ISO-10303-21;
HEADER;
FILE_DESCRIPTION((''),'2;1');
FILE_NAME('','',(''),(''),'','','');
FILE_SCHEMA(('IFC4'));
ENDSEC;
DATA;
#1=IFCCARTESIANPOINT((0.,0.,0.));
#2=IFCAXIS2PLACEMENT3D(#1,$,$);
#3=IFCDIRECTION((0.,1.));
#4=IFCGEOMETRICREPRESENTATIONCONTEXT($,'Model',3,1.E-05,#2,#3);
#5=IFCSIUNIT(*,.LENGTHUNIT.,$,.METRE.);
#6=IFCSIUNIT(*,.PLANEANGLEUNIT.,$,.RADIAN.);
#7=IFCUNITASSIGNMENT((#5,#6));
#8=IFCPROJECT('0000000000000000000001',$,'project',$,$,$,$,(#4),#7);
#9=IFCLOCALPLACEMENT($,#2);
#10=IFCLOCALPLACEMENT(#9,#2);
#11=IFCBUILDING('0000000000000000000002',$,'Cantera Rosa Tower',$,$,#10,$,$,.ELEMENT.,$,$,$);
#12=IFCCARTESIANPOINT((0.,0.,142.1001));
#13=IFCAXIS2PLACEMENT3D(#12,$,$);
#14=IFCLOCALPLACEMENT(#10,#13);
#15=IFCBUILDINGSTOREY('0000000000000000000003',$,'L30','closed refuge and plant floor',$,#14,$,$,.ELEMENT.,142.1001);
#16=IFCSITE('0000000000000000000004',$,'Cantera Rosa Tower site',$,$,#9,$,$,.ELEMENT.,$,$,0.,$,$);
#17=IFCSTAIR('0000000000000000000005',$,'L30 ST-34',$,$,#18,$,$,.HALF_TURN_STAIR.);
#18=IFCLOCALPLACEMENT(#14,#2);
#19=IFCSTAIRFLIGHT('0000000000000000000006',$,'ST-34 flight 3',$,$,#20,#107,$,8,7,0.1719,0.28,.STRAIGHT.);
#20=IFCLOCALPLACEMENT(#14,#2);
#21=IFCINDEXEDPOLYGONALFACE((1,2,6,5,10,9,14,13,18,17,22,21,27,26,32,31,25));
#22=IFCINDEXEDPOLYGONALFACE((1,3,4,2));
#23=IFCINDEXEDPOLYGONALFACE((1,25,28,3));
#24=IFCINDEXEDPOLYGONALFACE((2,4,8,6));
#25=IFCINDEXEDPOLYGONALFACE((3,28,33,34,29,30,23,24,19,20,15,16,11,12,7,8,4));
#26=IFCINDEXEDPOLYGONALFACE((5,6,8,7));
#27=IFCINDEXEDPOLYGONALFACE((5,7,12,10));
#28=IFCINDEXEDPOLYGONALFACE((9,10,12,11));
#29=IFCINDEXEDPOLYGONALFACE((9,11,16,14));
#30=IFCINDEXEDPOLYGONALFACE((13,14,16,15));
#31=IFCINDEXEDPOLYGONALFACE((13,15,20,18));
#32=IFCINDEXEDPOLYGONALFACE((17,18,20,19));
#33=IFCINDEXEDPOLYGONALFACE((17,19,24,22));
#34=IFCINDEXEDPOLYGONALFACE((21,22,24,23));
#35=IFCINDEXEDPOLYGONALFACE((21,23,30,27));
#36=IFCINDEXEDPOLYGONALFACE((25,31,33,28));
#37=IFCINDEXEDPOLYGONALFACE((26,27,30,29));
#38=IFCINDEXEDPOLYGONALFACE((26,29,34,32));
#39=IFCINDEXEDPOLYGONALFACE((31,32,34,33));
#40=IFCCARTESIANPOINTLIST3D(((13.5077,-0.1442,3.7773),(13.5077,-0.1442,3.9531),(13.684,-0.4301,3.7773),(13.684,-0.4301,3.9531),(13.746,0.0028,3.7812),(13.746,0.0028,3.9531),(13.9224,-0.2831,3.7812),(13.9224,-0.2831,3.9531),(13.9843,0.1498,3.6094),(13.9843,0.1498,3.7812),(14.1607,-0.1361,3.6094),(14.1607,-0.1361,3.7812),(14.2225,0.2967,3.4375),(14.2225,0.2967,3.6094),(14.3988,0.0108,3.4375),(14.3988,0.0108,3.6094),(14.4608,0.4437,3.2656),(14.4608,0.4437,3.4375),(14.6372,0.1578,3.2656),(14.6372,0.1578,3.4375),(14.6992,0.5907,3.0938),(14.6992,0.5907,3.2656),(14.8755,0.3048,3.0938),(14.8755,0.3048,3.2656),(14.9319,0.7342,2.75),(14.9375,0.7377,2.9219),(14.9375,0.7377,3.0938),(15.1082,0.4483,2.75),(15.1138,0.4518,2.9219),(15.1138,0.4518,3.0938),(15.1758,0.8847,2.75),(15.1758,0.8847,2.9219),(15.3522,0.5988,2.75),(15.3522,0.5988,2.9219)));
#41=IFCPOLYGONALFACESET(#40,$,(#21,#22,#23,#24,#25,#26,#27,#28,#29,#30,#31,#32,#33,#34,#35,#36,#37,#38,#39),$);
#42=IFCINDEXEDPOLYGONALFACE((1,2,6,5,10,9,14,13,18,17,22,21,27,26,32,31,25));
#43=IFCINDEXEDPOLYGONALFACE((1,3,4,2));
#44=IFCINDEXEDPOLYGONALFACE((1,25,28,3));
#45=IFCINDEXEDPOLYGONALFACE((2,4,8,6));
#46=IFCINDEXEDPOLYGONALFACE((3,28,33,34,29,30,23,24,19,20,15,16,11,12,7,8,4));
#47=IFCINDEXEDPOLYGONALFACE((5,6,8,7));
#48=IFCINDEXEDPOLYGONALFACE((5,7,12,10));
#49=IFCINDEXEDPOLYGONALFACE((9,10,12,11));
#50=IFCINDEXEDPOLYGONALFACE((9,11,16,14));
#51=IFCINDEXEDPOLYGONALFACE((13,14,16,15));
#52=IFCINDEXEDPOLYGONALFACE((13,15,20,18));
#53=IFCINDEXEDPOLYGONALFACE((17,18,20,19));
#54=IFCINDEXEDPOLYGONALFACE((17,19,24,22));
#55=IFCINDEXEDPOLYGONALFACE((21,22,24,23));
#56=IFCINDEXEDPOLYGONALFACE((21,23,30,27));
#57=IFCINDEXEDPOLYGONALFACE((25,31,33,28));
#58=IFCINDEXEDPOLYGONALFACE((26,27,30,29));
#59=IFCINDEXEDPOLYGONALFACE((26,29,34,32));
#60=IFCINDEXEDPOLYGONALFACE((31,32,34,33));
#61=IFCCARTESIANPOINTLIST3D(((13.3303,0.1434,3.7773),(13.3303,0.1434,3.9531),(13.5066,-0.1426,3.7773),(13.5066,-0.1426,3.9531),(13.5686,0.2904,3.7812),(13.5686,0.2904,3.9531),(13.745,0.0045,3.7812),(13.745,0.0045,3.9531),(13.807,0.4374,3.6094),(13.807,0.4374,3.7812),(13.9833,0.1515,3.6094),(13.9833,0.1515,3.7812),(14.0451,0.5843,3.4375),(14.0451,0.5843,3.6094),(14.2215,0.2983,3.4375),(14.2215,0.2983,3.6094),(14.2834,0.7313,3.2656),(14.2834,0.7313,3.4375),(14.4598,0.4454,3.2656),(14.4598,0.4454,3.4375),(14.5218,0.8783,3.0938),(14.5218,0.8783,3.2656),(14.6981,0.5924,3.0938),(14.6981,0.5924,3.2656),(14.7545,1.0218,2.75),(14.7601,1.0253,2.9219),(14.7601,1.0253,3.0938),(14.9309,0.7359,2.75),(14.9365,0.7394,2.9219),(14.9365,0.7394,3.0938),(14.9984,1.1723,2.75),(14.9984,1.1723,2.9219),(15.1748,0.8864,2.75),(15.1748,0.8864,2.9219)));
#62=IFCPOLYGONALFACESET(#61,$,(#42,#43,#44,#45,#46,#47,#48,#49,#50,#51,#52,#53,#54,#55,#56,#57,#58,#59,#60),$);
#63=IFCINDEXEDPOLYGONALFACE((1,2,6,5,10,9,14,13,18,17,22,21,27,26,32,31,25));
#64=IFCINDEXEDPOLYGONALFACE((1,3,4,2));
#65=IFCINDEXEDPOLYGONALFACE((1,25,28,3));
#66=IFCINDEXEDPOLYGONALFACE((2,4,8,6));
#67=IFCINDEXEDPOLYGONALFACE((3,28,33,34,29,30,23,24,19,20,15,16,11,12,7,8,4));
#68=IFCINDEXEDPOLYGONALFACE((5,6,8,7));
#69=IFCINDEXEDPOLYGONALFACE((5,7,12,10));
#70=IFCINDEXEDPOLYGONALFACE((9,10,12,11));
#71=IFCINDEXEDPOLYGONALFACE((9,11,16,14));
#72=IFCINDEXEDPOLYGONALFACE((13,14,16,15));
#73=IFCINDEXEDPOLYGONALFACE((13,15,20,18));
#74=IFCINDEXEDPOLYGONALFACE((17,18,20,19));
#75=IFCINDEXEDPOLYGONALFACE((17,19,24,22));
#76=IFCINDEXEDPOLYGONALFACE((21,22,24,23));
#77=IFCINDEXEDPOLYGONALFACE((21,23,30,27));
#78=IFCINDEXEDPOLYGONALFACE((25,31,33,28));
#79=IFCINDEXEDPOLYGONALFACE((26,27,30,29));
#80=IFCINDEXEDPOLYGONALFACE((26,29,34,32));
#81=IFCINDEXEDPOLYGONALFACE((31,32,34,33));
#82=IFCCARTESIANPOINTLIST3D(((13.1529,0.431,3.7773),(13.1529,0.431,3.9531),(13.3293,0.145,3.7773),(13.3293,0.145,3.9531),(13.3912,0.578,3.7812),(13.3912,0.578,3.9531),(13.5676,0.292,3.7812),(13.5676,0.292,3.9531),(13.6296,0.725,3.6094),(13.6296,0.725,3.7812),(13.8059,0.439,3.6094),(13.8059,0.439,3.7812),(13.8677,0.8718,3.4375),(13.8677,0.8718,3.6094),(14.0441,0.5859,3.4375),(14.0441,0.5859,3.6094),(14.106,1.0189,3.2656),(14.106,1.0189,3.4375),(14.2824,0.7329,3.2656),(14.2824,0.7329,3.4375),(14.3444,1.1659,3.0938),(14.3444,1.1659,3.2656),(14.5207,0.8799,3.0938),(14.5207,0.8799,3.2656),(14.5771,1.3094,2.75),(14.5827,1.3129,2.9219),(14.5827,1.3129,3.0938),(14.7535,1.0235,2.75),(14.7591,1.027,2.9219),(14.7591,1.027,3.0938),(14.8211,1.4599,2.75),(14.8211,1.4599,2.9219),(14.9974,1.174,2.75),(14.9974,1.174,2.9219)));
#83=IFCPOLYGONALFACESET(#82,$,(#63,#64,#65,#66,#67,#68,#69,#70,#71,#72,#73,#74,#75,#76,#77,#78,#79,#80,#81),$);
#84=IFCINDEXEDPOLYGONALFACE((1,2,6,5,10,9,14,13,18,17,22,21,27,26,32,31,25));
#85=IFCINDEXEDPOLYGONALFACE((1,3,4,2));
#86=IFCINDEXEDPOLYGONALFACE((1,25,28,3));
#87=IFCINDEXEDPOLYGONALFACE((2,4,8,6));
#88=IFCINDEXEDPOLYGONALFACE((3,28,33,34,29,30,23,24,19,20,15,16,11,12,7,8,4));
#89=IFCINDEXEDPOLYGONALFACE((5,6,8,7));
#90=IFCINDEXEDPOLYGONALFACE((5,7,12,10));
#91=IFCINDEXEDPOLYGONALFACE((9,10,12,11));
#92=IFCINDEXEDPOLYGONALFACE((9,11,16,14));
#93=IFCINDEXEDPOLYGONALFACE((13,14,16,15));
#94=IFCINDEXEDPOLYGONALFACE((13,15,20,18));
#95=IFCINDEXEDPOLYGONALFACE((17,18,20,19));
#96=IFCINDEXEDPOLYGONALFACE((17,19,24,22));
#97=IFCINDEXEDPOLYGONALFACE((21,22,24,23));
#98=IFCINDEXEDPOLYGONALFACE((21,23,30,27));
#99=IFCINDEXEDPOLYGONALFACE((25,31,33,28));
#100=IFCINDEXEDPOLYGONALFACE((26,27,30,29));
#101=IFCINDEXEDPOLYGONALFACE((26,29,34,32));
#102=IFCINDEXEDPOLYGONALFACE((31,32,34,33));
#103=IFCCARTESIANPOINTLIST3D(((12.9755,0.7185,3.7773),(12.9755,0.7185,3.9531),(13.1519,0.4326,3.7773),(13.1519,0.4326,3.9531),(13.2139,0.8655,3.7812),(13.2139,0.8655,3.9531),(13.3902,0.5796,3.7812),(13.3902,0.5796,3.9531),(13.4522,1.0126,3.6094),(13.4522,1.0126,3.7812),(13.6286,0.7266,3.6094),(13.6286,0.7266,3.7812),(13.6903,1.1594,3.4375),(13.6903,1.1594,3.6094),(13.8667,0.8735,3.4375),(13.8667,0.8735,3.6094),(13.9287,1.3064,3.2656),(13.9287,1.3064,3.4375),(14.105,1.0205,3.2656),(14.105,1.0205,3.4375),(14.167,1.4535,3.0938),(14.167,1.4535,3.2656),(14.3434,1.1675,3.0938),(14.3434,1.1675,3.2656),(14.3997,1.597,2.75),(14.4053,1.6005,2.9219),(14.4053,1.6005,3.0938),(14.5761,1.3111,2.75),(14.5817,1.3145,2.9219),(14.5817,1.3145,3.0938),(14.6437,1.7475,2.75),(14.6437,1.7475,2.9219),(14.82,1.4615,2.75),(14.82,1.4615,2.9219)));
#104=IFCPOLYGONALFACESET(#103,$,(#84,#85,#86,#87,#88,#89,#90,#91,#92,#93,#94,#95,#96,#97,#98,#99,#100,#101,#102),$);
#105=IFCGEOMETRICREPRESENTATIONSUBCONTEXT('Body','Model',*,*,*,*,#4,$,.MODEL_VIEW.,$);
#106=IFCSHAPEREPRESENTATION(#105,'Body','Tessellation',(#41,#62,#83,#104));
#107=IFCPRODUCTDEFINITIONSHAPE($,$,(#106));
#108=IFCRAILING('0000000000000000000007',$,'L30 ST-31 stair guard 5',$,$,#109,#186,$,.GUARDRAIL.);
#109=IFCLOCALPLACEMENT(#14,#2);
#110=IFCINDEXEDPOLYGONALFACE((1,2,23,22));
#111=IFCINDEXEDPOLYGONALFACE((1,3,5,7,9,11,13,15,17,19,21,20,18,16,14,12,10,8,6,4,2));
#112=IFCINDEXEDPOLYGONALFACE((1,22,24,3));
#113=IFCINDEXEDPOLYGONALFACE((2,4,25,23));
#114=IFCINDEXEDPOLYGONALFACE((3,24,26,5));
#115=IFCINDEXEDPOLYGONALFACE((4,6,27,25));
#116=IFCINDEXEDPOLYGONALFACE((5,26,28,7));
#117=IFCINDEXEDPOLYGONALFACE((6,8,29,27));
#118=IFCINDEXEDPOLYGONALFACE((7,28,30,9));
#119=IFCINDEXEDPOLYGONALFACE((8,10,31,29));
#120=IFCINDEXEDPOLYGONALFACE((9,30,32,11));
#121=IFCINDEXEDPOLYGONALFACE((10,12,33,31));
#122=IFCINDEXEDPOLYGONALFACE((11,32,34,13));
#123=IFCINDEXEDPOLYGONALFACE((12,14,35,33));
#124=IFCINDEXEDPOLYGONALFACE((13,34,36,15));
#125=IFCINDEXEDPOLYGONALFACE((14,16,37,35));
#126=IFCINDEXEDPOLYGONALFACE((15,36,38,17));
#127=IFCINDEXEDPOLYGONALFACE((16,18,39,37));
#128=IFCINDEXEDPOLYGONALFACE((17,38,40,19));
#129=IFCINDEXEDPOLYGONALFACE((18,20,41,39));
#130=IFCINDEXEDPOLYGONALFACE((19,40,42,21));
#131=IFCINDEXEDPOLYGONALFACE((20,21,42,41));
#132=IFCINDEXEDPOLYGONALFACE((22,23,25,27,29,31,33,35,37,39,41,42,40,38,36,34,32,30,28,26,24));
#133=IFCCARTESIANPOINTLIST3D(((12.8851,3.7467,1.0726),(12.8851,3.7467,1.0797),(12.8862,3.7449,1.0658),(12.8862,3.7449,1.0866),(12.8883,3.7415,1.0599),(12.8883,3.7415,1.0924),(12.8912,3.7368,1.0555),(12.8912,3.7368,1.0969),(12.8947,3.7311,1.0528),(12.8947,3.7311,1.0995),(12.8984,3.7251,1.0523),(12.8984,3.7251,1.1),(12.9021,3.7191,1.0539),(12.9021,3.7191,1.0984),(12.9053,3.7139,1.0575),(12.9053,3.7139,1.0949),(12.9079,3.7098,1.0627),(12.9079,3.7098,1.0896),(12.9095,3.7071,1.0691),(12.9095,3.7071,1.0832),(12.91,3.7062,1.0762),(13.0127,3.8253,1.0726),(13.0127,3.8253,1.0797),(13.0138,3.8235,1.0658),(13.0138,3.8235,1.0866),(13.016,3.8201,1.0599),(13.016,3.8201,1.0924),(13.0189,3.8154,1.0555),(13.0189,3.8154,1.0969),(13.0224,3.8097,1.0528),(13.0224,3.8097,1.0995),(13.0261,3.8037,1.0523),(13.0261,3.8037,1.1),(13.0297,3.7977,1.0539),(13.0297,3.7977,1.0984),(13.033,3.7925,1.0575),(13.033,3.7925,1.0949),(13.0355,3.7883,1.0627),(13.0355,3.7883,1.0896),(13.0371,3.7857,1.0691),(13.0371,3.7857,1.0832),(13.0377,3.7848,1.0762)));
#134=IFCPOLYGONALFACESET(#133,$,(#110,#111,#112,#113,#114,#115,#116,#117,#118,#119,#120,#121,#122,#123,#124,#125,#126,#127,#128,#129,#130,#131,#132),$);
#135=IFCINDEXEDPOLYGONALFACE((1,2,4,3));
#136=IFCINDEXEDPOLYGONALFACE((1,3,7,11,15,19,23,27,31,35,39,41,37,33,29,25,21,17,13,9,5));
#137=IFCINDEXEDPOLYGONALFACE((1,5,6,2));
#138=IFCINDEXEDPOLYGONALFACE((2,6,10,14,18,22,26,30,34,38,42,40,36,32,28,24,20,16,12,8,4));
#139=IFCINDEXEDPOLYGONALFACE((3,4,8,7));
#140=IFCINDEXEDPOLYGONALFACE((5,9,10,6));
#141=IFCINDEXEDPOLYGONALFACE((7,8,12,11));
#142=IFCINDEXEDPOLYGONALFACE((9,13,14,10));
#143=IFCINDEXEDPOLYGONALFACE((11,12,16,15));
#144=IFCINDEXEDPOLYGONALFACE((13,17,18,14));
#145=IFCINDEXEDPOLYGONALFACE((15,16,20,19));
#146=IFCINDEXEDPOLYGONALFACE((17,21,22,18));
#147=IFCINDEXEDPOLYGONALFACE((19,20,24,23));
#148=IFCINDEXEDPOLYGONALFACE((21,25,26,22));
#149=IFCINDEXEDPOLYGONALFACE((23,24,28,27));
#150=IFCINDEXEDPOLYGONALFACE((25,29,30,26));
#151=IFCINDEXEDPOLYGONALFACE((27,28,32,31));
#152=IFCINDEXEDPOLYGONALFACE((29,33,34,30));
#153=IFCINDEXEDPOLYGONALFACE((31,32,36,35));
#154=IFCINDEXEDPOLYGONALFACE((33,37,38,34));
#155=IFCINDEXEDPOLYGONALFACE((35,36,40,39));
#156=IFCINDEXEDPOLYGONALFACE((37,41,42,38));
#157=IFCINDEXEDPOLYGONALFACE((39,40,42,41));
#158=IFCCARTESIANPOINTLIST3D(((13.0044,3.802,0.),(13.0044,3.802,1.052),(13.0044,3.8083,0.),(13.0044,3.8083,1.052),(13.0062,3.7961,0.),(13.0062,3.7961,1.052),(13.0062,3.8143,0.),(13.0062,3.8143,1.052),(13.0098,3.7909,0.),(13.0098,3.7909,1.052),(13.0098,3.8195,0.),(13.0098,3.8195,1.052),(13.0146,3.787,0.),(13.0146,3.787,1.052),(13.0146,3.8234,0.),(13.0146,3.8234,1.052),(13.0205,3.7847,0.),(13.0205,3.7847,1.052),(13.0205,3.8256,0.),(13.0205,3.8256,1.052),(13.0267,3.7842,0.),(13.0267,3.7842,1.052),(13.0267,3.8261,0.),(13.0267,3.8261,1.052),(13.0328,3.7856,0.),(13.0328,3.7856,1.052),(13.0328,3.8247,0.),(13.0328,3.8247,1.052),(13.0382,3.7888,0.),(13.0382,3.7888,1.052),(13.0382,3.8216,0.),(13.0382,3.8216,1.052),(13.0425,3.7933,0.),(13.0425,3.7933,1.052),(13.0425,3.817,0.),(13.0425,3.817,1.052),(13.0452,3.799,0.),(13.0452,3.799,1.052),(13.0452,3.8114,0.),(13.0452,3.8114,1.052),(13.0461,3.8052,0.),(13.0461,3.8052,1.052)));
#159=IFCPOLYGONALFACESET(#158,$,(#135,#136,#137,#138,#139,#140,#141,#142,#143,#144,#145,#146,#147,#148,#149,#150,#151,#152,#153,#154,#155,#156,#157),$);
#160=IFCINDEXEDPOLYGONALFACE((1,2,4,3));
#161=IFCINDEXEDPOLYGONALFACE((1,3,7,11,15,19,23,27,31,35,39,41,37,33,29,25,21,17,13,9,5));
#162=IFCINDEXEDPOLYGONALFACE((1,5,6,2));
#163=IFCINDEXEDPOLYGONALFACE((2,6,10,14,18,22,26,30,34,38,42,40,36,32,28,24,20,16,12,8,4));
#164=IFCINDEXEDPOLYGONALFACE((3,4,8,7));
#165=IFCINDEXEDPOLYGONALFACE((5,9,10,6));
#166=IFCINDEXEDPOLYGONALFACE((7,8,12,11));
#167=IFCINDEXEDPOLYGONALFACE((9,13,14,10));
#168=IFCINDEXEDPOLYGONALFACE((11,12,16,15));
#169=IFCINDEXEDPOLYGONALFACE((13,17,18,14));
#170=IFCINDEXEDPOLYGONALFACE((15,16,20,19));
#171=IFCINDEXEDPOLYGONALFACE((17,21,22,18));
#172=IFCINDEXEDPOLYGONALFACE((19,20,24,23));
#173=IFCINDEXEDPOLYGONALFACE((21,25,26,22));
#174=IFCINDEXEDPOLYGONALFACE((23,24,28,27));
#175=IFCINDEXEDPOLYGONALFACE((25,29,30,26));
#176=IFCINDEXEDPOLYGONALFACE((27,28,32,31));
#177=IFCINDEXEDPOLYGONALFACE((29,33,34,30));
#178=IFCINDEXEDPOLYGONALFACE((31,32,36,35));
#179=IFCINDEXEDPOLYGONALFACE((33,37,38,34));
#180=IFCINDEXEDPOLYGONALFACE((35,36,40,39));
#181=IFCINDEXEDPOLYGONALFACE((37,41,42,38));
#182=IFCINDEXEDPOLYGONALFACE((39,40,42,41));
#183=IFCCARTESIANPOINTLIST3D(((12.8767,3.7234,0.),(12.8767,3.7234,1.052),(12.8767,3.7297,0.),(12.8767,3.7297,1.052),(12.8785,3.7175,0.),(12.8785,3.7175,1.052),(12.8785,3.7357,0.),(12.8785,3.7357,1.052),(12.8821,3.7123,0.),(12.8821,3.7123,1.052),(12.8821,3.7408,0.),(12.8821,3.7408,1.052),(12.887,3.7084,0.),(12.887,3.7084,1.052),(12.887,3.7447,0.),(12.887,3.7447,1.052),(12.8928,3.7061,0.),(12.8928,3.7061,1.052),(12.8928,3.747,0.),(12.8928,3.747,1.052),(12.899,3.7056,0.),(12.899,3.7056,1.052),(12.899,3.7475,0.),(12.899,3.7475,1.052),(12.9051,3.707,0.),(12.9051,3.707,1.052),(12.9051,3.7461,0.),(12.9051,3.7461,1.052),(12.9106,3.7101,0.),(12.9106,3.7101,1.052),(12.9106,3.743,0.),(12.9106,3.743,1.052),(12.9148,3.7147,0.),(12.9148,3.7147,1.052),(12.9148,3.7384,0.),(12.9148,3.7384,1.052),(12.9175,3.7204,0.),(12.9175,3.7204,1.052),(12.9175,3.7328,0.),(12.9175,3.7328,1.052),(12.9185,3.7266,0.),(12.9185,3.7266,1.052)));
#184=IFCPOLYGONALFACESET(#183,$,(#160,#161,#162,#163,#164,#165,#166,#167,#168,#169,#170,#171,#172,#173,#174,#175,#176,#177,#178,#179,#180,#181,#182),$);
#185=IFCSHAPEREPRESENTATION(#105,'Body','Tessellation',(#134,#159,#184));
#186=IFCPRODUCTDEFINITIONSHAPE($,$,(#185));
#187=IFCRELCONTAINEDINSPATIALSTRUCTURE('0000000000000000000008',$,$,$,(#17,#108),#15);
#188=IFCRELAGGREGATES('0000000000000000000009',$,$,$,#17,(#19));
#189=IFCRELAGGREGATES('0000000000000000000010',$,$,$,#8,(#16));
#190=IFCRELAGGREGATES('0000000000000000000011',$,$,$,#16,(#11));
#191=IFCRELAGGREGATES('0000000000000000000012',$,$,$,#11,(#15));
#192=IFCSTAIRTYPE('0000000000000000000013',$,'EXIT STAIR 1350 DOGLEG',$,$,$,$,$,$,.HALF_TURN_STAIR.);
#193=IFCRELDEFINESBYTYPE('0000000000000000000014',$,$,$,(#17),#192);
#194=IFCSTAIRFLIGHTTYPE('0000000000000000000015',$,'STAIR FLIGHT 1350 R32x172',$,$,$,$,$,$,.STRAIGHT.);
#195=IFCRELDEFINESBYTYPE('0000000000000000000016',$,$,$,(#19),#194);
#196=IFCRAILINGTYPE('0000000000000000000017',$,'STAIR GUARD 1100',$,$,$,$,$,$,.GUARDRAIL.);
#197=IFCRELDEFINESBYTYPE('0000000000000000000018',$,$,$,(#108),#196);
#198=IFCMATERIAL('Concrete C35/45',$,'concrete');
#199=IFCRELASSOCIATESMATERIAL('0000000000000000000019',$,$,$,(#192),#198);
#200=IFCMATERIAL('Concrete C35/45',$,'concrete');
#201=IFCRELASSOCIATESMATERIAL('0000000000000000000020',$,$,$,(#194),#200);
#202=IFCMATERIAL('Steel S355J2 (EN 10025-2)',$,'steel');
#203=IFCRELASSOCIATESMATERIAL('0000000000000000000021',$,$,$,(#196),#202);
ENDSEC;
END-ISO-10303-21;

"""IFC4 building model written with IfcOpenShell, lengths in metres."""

from ifc_helpers import new_model, si_unit, direction, frame, origin, origin_2d, place, context, subcontext, project, spatial, polyline, circle, outline, extrude, material, type_object, element, aggregate, save


model = new_model("IFC4")

# Units and contexts
model_context = context("Model", 3, precision=1e-05, world=origin(), true_north=direction((0.0, 1.0)))
body_context = subcontext(model_context, "Body", "Model", "MODEL_VIEW")
ifc_project = project(units=[si_unit("LENGTHUNIT", "METRE"), si_unit("PLANEANGLEUNIT", "RADIAN")], contexts=[model_context])

# Site, building, storey
site_placement = place(None, origin())
site = spatial("IfcSite", under=ifc_project, at=site_placement, Name="Cantera Rosa Tower site", CompositionType="ELEMENT", RefElevation=0.0)
building_placement = place(site_placement, origin())
building = spatial("IfcBuilding", under=site, at=building_placement, Name="Cantera Rosa Tower", CompositionType="ELEMENT")
storey_placement = place(building_placement, frame((0.0, 0.0, 142.1001)))
storey = spatial("IfcBuildingStorey", under=building, at=storey_placement, Name="L30", Description="closed refuge and plant floor", CompositionType="ELEMENT", Elevation=142.1001)

# Stair, stair flight
ifc_material_1 = material(Name="Concrete C35/45", Category="concrete")
stair_type = type_object("IfcStairType", Name="EXIT STAIR 1350 DOGLEG", PredefinedType="HALF_TURN_STAIR", material=ifc_material_1)
ifc_material_2 = material(Name="Concrete C35/45", Category="concrete")
stair_flight_type = type_object("IfcStairFlightType", Name="STAIR FLIGHT 1350 R32x172", PredefinedType="STRAIGHT", material=ifc_material_2)
stair_1_placement = place(storey_placement, origin())
stair_1 = element("IfcStair", 1, at=stair_1_placement, inside=storey, type_object=stair_type, Name="L30 ST-34", PredefinedType="HALF_TURN_STAIR")
stair_flight_1_placement = place(storey_placement, frame((14.9978, 1.1733, 2.75), z_axis=(0.0, 0.0, 1.0), x_axis=(-0.851117, -0.524977, 0.0)))
stair_flight_1 = element("IfcStairFlight", 2, at=stair_flight_1_placement, type_object=stair_flight_type, Name="ST-34 flight 3", NumberOfRisers=8, NumberOfTreads=7, PredefinedType="STRAIGHT", RiserHeight=0.1719, TreadLength=0.28, context=body_context, shape_type="SweptSolid", body=[
    extrude(outline(polyline([(0.0, 0.0), (0.0, 0.1719), (0.28, 0.1719), (0.28, 0.3438), (0.5601, 0.3438), (0.5601, 0.5156), (0.8401, 0.5156), (0.8401, 0.6875), (1.1201, 0.6875), (1.1201, 0.8594), (1.3999, 0.8594), (1.3999, 1.0312), (1.6799, 1.0312), (1.6799, 1.2031), (1.96, 1.2031), (1.96, 1.375), (1.96, 1.0273), (0.2866, 0.0), (0.0, 0.0)])), frame((0.0, 0.675, 0.0), z_axis=(0.0, -1.0, 0.0), x_axis=(1.0, 0.0, 0.0)), (0.0, 0.0, 1.0), 0.3359),
    extrude(outline(polyline([(0.0, 0.0), (0.0, 0.1719), (0.28, 0.1719), (0.28, 0.3438), (0.5601, 0.3438), (0.5601, 0.5156), (0.8401, 0.5156), (0.8401, 0.6875), (1.1201, 0.6875), (1.1201, 0.8594), (1.3999, 0.8594), (1.3999, 1.0312), (1.6799, 1.0312), (1.6799, 1.2031), (1.96, 1.2031), (1.96, 1.375), (1.96, 1.0273), (0.2866, 0.0), (0.0, 0.0)])), frame((0.0, 0.3372, 0.0), z_axis=(0.0, -1.0, 0.0), x_axis=(1.0, 0.0, 0.0)), (0.0, 0.0, 1.0), 0.3359),
    extrude(outline(polyline([(0.0, 0.0), (0.0, 0.1719), (0.28, 0.1719), (0.28, 0.3438), (0.5601, 0.3438), (0.5601, 0.5156), (0.8401, 0.5156), (0.8401, 0.6875), (1.1201, 0.6875), (1.1201, 0.8594), (1.3999, 0.8594), (1.3999, 1.0312), (1.6799, 1.0312), (1.6799, 1.2031), (1.96, 1.2031), (1.96, 1.375), (1.96, 1.0273), (0.2866, 0.0), (0.0, 0.0)])), frame((0.0, -0.0007, 0.0), z_axis=(0.0, -1.0, 0.0), x_axis=(1.0, 0.0, 0.0)), (0.0, 0.0, 1.0), 0.3359),
    extrude(outline(polyline([(0.0, 0.0), (0.0, 0.1719), (0.28, 0.1719), (0.28, 0.3438), (0.5601, 0.3438), (0.5601, 0.5156), (0.8401, 0.5156), (0.8401, 0.6875), (1.1201, 0.6875), (1.1201, 0.8594), (1.3999, 0.8594), (1.3999, 1.0312), (1.6799, 1.0312), (1.6799, 1.2031), (1.96, 1.2031), (1.96, 1.375), (1.96, 1.0273), (0.2866, 0.0), (0.0, 0.0)])), frame((0.0, -0.3386, 0.0), z_axis=(0.0, -1.0, 0.0), x_axis=(1.0, 0.0, 0.0)), (0.0, 0.0, 1.0), 0.3359),
])
aggregate(stair_1, [stair_flight_1])

# Railing
ifc_material_3 = material(Name="Steel S355J2 (EN 10025-2)", Category="steel")
railing_type_1 = type_object("IfcRailingType", Name="STAIR GUARD 1100", PredefinedType="GUARDRAIL", material=ifc_material_3)
railing_1_placement = place(storey_placement, frame((13.0251, 3.8052, 0.0)))
element("IfcRailing", 3, at=railing_1_placement, inside=storey, type_object=railing_type_1, Name="L30 ST-31 stair guard 5", PredefinedType="GUARDRAIL", context=body_context, shape_type="SweptSolid", body=[
    extrude(circle(Radius=0.0239, at=origin_2d()), frame((0.0, 0.0, 1.0762), z_axis=(-0.851546, -0.524279, 0.0), x_axis=(0.524279, -0.851546, 0.0)), (0.0, 0.0, 1.0), 0.1499),
    extrude(circle(Radius=0.021, at=origin_2d()), origin(), (0.0, 0.0, 1.0), 1.052),
    extrude(circle(Radius=0.021, at=origin_2d()), frame((-0.1277, -0.0786, 0.0)), (0.0, 0.0, 1.0), 1.052),
])

save(model, "model.ifc")
